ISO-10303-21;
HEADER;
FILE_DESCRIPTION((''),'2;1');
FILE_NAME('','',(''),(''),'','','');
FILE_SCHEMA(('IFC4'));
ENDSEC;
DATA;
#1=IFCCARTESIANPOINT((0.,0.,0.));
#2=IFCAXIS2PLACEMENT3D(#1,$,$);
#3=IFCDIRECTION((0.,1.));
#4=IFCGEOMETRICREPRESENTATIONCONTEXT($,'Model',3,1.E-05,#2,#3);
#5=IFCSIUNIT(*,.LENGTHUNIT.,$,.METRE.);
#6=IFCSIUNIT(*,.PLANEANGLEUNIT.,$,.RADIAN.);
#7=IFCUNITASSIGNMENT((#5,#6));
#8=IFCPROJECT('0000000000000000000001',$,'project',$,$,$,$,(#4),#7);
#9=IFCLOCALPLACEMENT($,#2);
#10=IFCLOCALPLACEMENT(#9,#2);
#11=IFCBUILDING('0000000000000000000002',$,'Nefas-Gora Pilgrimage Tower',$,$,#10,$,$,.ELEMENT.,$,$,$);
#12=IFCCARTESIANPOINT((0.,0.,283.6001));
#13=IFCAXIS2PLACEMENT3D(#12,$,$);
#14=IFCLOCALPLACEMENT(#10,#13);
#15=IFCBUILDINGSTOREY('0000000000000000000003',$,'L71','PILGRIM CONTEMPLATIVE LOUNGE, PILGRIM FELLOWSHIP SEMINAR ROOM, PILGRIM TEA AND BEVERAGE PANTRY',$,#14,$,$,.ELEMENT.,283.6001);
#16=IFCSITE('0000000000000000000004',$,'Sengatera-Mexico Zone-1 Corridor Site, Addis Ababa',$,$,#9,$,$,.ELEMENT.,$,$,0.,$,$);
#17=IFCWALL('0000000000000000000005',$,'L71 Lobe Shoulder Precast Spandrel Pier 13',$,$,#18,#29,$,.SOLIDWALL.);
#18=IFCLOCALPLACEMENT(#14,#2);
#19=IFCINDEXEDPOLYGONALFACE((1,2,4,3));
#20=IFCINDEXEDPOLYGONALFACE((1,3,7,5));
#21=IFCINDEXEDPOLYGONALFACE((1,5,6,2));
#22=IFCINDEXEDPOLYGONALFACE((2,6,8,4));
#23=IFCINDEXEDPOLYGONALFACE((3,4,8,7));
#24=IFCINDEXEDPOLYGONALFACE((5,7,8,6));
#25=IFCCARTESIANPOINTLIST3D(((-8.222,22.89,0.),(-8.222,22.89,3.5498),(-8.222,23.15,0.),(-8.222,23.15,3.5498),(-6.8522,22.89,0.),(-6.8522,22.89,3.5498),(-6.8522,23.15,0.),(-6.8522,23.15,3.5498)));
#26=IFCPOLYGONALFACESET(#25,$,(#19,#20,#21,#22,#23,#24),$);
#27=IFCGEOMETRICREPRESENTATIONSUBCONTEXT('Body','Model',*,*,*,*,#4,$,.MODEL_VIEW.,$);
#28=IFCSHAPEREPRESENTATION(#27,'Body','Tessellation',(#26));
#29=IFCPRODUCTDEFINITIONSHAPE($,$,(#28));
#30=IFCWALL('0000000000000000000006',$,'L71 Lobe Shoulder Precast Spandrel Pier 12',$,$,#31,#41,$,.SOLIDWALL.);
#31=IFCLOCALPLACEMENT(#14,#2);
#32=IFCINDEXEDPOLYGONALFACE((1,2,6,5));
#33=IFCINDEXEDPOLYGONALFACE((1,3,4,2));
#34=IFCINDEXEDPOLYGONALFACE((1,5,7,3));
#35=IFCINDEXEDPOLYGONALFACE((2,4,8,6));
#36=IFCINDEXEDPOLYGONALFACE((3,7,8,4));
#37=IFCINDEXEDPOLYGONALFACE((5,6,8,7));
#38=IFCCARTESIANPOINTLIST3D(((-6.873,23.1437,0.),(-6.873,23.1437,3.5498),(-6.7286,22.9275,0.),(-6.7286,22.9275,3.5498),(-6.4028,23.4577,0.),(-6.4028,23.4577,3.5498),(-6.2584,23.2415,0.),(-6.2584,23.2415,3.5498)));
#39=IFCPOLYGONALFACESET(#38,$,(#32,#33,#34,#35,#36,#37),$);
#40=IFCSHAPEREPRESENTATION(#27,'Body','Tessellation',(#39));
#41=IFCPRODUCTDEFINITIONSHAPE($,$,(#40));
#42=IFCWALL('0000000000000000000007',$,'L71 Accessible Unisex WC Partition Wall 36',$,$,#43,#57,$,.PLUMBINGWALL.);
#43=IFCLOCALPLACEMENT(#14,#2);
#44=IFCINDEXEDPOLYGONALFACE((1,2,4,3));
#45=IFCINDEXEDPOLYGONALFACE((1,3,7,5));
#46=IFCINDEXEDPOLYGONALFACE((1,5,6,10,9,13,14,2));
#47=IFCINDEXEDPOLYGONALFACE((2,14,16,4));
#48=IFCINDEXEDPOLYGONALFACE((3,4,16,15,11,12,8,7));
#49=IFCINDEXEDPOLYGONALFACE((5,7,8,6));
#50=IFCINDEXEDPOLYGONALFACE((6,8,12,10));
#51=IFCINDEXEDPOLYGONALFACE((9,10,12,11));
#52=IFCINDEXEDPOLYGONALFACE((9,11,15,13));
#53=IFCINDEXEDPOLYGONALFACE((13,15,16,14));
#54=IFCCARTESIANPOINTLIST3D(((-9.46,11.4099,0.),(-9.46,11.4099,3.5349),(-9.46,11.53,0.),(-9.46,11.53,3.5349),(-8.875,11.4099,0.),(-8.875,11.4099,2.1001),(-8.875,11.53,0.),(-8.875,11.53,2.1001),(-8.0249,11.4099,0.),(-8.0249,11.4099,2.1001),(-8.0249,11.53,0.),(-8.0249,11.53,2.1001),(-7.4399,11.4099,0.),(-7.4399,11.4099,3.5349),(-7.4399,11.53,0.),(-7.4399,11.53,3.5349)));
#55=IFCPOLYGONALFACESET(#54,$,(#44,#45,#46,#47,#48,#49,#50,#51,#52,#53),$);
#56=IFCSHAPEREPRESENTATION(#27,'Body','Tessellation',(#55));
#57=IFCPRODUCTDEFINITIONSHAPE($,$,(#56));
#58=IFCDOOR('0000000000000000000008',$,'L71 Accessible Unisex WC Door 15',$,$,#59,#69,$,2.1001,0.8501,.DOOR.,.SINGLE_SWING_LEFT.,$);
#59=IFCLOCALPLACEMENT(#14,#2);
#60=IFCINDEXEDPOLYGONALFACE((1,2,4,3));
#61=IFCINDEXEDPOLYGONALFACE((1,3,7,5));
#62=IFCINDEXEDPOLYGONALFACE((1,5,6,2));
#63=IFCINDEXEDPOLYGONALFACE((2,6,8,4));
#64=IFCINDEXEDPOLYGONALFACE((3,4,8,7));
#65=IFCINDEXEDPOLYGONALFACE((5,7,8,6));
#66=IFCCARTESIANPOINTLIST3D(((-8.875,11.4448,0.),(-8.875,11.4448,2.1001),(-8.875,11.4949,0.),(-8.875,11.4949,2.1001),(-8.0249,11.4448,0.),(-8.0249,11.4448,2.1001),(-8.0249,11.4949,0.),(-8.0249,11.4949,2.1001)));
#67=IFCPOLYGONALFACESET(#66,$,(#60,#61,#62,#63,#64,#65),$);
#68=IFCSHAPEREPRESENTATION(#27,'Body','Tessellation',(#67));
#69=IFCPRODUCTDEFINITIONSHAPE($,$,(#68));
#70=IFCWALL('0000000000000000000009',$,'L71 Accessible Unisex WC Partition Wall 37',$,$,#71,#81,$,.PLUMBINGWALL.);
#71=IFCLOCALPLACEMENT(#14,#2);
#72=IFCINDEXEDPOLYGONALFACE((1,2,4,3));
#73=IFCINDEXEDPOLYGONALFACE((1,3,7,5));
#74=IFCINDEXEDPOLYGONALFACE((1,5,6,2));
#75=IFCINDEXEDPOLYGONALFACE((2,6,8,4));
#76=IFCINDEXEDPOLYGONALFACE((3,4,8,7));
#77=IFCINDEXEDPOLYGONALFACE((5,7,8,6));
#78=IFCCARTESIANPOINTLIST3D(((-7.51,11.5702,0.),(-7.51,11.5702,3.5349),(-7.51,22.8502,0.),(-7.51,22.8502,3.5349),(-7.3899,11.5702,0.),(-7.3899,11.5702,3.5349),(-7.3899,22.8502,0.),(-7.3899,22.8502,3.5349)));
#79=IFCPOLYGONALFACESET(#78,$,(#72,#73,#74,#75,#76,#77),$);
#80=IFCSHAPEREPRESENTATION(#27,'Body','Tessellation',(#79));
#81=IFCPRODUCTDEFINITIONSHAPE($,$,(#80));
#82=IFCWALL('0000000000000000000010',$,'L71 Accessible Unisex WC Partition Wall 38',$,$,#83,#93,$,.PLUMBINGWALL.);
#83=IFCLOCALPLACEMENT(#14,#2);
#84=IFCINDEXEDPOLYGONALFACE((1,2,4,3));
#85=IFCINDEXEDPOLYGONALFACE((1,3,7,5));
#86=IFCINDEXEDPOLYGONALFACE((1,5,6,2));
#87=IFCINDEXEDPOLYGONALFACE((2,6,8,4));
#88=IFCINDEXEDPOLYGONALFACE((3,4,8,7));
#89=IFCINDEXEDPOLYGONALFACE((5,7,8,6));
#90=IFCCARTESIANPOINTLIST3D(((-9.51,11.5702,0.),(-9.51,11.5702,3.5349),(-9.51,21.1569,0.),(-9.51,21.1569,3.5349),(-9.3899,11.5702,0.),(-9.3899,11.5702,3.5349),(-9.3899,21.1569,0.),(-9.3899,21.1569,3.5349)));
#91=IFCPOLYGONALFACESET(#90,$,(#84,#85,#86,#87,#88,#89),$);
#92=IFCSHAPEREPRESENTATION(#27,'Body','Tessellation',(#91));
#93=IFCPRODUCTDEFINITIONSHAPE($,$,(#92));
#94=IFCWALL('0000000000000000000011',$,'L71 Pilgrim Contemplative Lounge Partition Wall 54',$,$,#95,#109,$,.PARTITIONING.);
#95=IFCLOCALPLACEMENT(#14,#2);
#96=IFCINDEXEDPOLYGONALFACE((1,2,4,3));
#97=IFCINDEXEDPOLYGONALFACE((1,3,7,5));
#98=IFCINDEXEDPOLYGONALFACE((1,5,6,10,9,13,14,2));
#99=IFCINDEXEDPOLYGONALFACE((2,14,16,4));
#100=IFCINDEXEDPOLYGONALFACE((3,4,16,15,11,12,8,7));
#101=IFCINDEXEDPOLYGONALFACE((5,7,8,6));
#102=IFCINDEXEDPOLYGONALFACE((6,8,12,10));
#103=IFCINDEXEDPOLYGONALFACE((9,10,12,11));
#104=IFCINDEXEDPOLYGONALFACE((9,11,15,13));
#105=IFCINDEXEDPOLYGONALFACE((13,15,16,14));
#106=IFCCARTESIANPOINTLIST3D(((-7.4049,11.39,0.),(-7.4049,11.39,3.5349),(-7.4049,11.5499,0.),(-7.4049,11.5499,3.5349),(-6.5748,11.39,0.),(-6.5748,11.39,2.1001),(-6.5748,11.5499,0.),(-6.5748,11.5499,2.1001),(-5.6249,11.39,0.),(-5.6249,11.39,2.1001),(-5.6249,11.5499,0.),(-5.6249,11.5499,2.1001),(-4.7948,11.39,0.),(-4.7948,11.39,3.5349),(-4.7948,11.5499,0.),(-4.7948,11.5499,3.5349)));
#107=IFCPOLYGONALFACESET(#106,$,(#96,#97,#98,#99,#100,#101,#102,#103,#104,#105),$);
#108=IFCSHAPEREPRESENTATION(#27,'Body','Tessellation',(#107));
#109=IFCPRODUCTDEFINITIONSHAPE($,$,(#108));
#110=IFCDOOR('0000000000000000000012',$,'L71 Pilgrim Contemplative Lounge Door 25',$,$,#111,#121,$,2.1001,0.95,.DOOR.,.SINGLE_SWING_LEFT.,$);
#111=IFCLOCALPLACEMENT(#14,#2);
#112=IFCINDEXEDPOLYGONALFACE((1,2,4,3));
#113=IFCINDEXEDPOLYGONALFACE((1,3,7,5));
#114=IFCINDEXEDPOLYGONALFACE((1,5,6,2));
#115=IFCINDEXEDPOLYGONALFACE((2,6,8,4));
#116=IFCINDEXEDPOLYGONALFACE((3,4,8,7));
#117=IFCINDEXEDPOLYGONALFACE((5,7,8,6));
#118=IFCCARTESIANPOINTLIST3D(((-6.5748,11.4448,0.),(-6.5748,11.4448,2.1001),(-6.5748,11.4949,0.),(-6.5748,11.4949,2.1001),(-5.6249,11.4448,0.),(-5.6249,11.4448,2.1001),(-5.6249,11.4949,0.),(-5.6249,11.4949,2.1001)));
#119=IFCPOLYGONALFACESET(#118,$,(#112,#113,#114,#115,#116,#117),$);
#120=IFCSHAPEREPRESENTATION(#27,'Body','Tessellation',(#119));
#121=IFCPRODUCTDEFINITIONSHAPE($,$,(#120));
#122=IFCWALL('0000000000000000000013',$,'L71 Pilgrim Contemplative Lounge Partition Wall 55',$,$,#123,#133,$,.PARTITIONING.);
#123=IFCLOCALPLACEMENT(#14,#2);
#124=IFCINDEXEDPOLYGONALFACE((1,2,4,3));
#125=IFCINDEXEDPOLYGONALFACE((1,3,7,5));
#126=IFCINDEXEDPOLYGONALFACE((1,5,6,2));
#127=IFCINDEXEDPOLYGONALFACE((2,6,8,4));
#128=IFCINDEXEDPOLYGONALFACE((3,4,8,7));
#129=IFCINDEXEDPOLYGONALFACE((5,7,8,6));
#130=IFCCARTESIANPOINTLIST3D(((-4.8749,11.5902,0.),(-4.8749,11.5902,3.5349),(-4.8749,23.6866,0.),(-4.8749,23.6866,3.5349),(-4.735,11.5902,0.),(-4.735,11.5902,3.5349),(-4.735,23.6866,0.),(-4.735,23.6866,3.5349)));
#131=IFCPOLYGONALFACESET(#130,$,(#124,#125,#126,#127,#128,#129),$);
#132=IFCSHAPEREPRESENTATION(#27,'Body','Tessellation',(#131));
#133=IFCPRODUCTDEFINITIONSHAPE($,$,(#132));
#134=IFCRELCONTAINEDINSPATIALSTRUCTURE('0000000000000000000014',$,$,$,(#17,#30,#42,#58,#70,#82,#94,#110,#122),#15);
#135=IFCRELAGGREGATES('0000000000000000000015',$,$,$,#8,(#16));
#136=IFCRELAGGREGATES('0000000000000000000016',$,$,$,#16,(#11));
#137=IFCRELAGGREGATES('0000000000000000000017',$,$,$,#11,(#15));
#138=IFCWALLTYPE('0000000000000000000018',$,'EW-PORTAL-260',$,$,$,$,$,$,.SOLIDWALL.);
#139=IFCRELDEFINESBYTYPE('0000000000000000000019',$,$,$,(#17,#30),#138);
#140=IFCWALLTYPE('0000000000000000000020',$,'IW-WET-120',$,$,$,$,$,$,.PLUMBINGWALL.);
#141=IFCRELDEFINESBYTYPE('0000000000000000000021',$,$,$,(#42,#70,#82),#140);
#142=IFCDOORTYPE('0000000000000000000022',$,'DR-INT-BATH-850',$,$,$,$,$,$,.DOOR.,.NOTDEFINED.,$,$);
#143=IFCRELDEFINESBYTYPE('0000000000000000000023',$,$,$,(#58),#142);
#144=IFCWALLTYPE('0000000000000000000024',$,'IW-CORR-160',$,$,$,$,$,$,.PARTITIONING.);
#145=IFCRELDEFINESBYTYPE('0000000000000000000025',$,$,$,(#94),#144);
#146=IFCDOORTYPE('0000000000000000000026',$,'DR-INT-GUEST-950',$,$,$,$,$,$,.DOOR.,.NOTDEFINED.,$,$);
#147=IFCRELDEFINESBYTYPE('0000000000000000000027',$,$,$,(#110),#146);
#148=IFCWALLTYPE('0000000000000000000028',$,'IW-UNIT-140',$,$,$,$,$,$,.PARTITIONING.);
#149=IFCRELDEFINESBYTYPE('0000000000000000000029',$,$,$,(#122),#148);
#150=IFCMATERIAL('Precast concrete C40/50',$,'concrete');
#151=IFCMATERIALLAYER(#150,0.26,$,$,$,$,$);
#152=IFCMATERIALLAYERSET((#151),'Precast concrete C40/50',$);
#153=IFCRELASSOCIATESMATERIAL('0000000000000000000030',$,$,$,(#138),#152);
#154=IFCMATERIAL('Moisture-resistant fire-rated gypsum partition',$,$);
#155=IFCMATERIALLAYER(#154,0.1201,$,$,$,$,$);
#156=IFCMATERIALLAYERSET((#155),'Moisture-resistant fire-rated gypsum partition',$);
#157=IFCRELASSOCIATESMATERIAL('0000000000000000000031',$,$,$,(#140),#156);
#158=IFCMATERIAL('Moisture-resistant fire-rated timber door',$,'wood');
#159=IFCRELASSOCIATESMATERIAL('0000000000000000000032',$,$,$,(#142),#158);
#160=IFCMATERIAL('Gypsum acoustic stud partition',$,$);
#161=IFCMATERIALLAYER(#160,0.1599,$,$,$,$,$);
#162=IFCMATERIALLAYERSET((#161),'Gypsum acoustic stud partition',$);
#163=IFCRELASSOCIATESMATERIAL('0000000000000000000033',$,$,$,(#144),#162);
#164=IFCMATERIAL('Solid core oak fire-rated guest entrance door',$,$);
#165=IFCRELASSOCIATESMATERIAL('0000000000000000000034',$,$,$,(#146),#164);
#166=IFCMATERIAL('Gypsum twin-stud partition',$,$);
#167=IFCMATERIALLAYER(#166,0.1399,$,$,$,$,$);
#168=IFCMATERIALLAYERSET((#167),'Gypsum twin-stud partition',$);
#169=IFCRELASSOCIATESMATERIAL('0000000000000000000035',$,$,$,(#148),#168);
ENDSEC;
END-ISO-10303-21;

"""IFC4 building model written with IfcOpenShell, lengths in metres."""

from ifc_helpers import new_model, si_unit, direction, frame, frame_2d, origin, place, context, subcontext, project, spatial, rectangle, extrude, source, transform, mapped, material, layer, layer_set, type_object, element, fill, save


model = new_model("IFC4")

# Units and contexts
model_context = context("Model", 3, precision=1e-05, world=origin(), true_north=direction((0.0, 1.0)))
body_context = subcontext(model_context, "Body", "Model", "MODEL_VIEW")
ifc_project = project(units=[si_unit("LENGTHUNIT", "METRE"), si_unit("PLANEANGLEUNIT", "RADIAN")], contexts=[model_context])

# Site, building, storey
site_placement = place(None, origin())
site = spatial("IfcSite", under=ifc_project, at=site_placement, Name="Sengatera-Mexico Zone-1 Corridor Site, Addis Ababa", CompositionType="ELEMENT", RefElevation=0.0)
building_placement = place(site_placement, origin())
building = spatial("IfcBuilding", under=site, at=building_placement, Name="Nefas-Gora Pilgrimage Tower", CompositionType="ELEMENT")
storey_placement = place(building_placement, frame((0.0, 0.0, 283.6001)))
storey = spatial("IfcBuildingStorey", under=building, at=storey_placement, Name="L71", Description="PILGRIM CONTEMPLATIVE LOUNGE, PILGRIM FELLOWSHIP SEMINAR ROOM, PILGRIM TEA AND BEVERAGE PANTRY", CompositionType="ELEMENT", Elevation=283.6001)

# Walls
ifc_material_1 = material(Name="Precast concrete C40/50", Category="concrete")
ifc_layer_1 = layer(ifc_material_1, 0.26)
ifc_layer_set_1 = layer_set([ifc_layer_1], Name="Precast concrete C40/50")
wall_type_1 = type_object("IfcWallType", Name="EW-PORTAL-260", PredefinedType="SOLIDWALL", material=ifc_layer_set_1)
shared_shape_1 = source(origin(), body_context, "Body", "SweptSolid", [
    extrude(rectangle(XDim=1.3699, YDim=0.26, at=frame_2d((0.6851, 0.0))), origin(), (0.0, 0.0, 1.0), 3.5498),
])
wall_1_placement = place(storey_placement, frame((-6.8521, 23.02, 0.0), z_axis=(0.0, 0.0, 1.0), x_axis=(-1.0, 0.0, 0.0)))
element("IfcWall", 1, at=wall_1_placement, inside=storey, type_object=wall_type_1, Name="L71 Lobe Shoulder Precast Spandrel Pier 13", PredefinedType="SOLIDWALL", context=body_context, shape_type="MappedRepresentation", body=[
    mapped(shared_shape_1, transform((0.0, 0.0, 0.0), x_axis=(1.0, 0.0, 0.0), y_axis=(0.0, 1.0, 0.0), z_axis=(0.0, 0.0, 1.0), scale=1.0)),
])
shared_shape_2 = source(origin(), body_context, "Body", "SweptSolid", [
    extrude(rectangle(XDim=0.5654, YDim=0.26, at=frame_2d((0.2827, 0.0))), origin(), (0.0, 0.0, 1.0), 3.5498),
])
wall_2_placement = place(storey_placement, frame((-6.3306, 23.3496, 0.0), z_axis=(0.0, 0.0, 1.0), x_axis=(-0.831651, -0.555298, 0.0)))
element("IfcWall", 2, at=wall_2_placement, inside=storey, type_object=wall_type_1, Name="L71 Lobe Shoulder Precast Spandrel Pier 12", PredefinedType="SOLIDWALL", context=body_context, shape_type="MappedRepresentation", body=[
    mapped(shared_shape_2, transform((0.0, 0.0, 0.0), x_axis=(1.0, 0.0, 0.0), y_axis=(0.0, 1.0, 0.0), z_axis=(0.0, 0.0, 1.0), scale=1.0)),
])

# Wall, opening, door
ifc_material_2 = material(Name="Moisture-resistant fire-rated gypsum partition")
ifc_layer_2 = layer(ifc_material_2, 0.1201)
ifc_layer_set_2 = layer_set([ifc_layer_2], Name="Moisture-resistant fire-rated gypsum partition")
wall_type_2 = type_object("IfcWallType", Name="IW-WET-120", PredefinedType="PLUMBINGWALL", material=ifc_layer_set_2)
shared_shape_3 = source(origin(), body_context, "Body", "SweptSolid", [
    extrude(rectangle(XDim=2.02, YDim=0.1201, at=frame_2d((1.01, 0.0))), origin(), (0.0, 0.0, 1.0), 3.5349),
])
wall_3_placement = place(storey_placement, frame((-9.46, 11.47, 0.0), z_axis=(0.0, 0.0, 1.0), x_axis=(1.0, 0.0, 0.0)))
wall_3 = element("IfcWall", 3, at=wall_3_placement, inside=storey, type_object=wall_type_2, Name="L71 Accessible Unisex WC Partition Wall 36", PredefinedType="PLUMBINGWALL", context=body_context, shape_type="MappedRepresentation", body=[
    mapped(shared_shape_3, transform((0.0, 0.0, 0.0), x_axis=(1.0, 0.0, 0.0), y_axis=(0.0, 1.0, 0.0), z_axis=(0.0, 0.0, 1.0), scale=1.0)),
])
opening_1_placement = place(wall_3_placement, frame((0.585, 0.0, 0.0)))
opening_1 = element("IfcOpeningElement", 4, at=opening_1_placement, cuts=wall_3, PredefinedType="OPENING", context=body_context, shape_type="SweptSolid", body=[
    extrude(rectangle(XDim=0.8501, YDim=2.1001, at=frame_2d((0.425, 1.05))), frame((0.0, 0.0701, 0.0), z_axis=(0.0, -1.0, 0.0), x_axis=(1.0, 0.0, 0.0)), (0.0, 0.0, 1.0), 0.1401),
])
ifc_material_3 = material(Name="Moisture-resistant fire-rated timber door", Category="wood")
door_type_1 = type_object("IfcDoorType", Name="DR-INT-BATH-850", OperationType="NOTDEFINED", PredefinedType="DOOR", material=ifc_material_3)
shared_shape_4 = source(origin(), body_context, "Body", "SweptSolid", [
    extrude(rectangle(XDim=0.8501, YDim=2.1001, at=frame_2d((0.425, 1.05))), frame((0.0, 0.0249, 0.0), z_axis=(0.0, -1.0, 0.0), x_axis=(1.0, 0.0, 0.0)), (0.0, 0.0, 1.0), 0.05),
])
door_1_placement = place(opening_1_placement, origin())
door_1 = element("IfcDoor", 5, at=door_1_placement, inside=storey, type_object=door_type_1, Name="L71 Accessible Unisex WC Door 15", OperationType="SINGLE_SWING_LEFT", OverallHeight=2.1001, OverallWidth=0.8501, PredefinedType="DOOR", context=body_context, shape_type="MappedRepresentation", body=[
    mapped(shared_shape_4, transform((0.0, 0.0, 0.0), x_axis=(1.0, 0.0, 0.0), y_axis=(0.0, 1.0, 0.0), z_axis=(0.0, 0.0, 1.0), scale=1.0)),
])
fill(opening_1, door_1)

# Walls
shared_shape_5 = source(origin(), body_context, "Body", "SweptSolid", [
    extrude(rectangle(XDim=11.28, YDim=0.1201, at=frame_2d((5.6401, 0.0))), origin(), (0.0, 0.0, 1.0), 3.5349),
])
wall_4_placement = place(storey_placement, frame((-7.45, 11.5701, 0.0), z_axis=(0.0, 0.0, 1.0), x_axis=(0.0, 1.0, 0.0)))
element("IfcWall", 6, at=wall_4_placement, inside=storey, type_object=wall_type_2, Name="L71 Accessible Unisex WC Partition Wall 37", PredefinedType="PLUMBINGWALL", context=body_context, shape_type="MappedRepresentation", body=[
    mapped(shared_shape_5, transform((0.0, 0.0, 0.0), x_axis=(1.0, 0.0, 0.0), y_axis=(0.0, 1.0, 0.0), z_axis=(0.0, 0.0, 1.0), scale=1.0)),
])
shared_shape_6 = source(origin(), body_context, "Body", "SweptSolid", [
    extrude(rectangle(XDim=9.5867, YDim=0.1201, at=frame_2d((4.7935, 0.0))), origin(), (0.0, 0.0, 1.0), 3.5349),
])
wall_5_placement = place(storey_placement, frame((-9.45, 11.5701, 0.0), z_axis=(0.0, 0.0, 1.0), x_axis=(0.0, 1.0, 0.0)))
element("IfcWall", 7, at=wall_5_placement, inside=storey, type_object=wall_type_2, Name="L71 Accessible Unisex WC Partition Wall 38", PredefinedType="PLUMBINGWALL", context=body_context, shape_type="MappedRepresentation", body=[
    mapped(shared_shape_6, transform((0.0, 0.0, 0.0), x_axis=(1.0, 0.0, 0.0), y_axis=(0.0, 1.0, 0.0), z_axis=(0.0, 0.0, 1.0), scale=1.0)),
])

# Wall, opening, door
ifc_material_4 = material(Name="Gypsum acoustic stud partition")
ifc_layer_3 = layer(ifc_material_4, 0.1599)
ifc_layer_set_3 = layer_set([ifc_layer_3], Name="Gypsum acoustic stud partition")
wall_type_3 = type_object("IfcWallType", Name="IW-CORR-160", PredefinedType="PARTITIONING", material=ifc_layer_set_3)
shared_shape_7 = source(origin(), body_context, "Body", "SweptSolid", [
    extrude(rectangle(XDim=2.6101, YDim=0.1599, at=frame_2d((1.3052, 0.0))), origin(), (0.0, 0.0, 1.0), 3.5349),
])
wall_6_placement = place(storey_placement, frame((-7.405, 11.47, 0.0), z_axis=(0.0, 0.0, 1.0), x_axis=(1.0, 0.0, 0.0)))
wall_6 = element("IfcWall", 8, at=wall_6_placement, inside=storey, type_object=wall_type_3, Name="L71 Pilgrim Contemplative Lounge Partition Wall 54", PredefinedType="PARTITIONING", context=body_context, shape_type="MappedRepresentation", body=[
    mapped(shared_shape_7, transform((0.0, 0.0, 0.0), x_axis=(1.0, 0.0, 0.0), y_axis=(0.0, 1.0, 0.0), z_axis=(0.0, 0.0, 1.0), scale=1.0)),
])
opening_2_placement = place(wall_6_placement, frame((0.8301, 0.0, 0.0)))
opening_2 = element("IfcOpeningElement", 9, at=opening_2_placement, cuts=wall_6, PredefinedType="OPENING", context=body_context, shape_type="SweptSolid", body=[
    extrude(rectangle(XDim=0.95, YDim=2.1001, at=frame_2d((0.4751, 1.05))), frame((0.0, 0.0898, 0.0), z_axis=(0.0, -1.0, 0.0), x_axis=(1.0, 0.0, 0.0)), (0.0, 0.0, 1.0), 0.1799),
])
ifc_material_5 = material(Name="Solid core oak fire-rated guest entrance door")
door_type_2 = type_object("IfcDoorType", Name="DR-INT-GUEST-950", OperationType="NOTDEFINED", PredefinedType="DOOR", material=ifc_material_5)
shared_shape_8 = source(origin(), body_context, "Body", "SweptSolid", [
    extrude(rectangle(XDim=0.95, YDim=2.1001, at=frame_2d((0.4751, 1.05))), frame((0.0, 0.0249, 0.0), z_axis=(0.0, -1.0, 0.0), x_axis=(1.0, 0.0, 0.0)), (0.0, 0.0, 1.0), 0.05),
])
door_2_placement = place(opening_2_placement, origin())
door_2 = element("IfcDoor", 10, at=door_2_placement, inside=storey, type_object=door_type_2, Name="L71 Pilgrim Contemplative Lounge Door 25", OperationType="SINGLE_SWING_LEFT", OverallHeight=2.1001, OverallWidth=0.95, PredefinedType="DOOR", context=body_context, shape_type="MappedRepresentation", body=[
    mapped(shared_shape_8, transform((0.0, 0.0, 0.0), x_axis=(1.0, 0.0, 0.0), y_axis=(0.0, 1.0, 0.0), z_axis=(0.0, 0.0, 1.0), scale=1.0)),
])
fill(opening_2, door_2)

# Wall
ifc_material_6 = material(Name="Gypsum twin-stud partition")
ifc_layer_4 = layer(ifc_material_6, 0.1399)
ifc_layer_set_4 = layer_set([ifc_layer_4], Name="Gypsum twin-stud partition")
wall_type_4 = type_object("IfcWallType", Name="IW-UNIT-140", PredefinedType="PARTITIONING", material=ifc_layer_set_4)
shared_shape_9 = source(origin(), body_context, "Body", "SweptSolid", [
    extrude(rectangle(XDim=12.0964, YDim=0.1399, at=frame_2d((6.0483, 0.0))), origin(), (0.0, 0.0, 1.0), 3.5349),
])
wall_7_placement = place(storey_placement, frame((-4.8049, 11.5901, 0.0), z_axis=(0.0, 0.0, 1.0), x_axis=(0.0, 1.0, 0.0)))
element("IfcWall", 11, at=wall_7_placement, inside=storey, type_object=wall_type_4, Name="L71 Pilgrim Contemplative Lounge Partition Wall 55", PredefinedType="PARTITIONING", context=body_context, shape_type="MappedRepresentation", body=[
    mapped(shared_shape_9, transform((0.0, 0.0, 0.0), x_axis=(1.0, 0.0, 0.0), y_axis=(0.0, 1.0, 0.0), z_axis=(0.0, 0.0, 1.0), scale=1.0)),
])

save(model, "model.ifc")
